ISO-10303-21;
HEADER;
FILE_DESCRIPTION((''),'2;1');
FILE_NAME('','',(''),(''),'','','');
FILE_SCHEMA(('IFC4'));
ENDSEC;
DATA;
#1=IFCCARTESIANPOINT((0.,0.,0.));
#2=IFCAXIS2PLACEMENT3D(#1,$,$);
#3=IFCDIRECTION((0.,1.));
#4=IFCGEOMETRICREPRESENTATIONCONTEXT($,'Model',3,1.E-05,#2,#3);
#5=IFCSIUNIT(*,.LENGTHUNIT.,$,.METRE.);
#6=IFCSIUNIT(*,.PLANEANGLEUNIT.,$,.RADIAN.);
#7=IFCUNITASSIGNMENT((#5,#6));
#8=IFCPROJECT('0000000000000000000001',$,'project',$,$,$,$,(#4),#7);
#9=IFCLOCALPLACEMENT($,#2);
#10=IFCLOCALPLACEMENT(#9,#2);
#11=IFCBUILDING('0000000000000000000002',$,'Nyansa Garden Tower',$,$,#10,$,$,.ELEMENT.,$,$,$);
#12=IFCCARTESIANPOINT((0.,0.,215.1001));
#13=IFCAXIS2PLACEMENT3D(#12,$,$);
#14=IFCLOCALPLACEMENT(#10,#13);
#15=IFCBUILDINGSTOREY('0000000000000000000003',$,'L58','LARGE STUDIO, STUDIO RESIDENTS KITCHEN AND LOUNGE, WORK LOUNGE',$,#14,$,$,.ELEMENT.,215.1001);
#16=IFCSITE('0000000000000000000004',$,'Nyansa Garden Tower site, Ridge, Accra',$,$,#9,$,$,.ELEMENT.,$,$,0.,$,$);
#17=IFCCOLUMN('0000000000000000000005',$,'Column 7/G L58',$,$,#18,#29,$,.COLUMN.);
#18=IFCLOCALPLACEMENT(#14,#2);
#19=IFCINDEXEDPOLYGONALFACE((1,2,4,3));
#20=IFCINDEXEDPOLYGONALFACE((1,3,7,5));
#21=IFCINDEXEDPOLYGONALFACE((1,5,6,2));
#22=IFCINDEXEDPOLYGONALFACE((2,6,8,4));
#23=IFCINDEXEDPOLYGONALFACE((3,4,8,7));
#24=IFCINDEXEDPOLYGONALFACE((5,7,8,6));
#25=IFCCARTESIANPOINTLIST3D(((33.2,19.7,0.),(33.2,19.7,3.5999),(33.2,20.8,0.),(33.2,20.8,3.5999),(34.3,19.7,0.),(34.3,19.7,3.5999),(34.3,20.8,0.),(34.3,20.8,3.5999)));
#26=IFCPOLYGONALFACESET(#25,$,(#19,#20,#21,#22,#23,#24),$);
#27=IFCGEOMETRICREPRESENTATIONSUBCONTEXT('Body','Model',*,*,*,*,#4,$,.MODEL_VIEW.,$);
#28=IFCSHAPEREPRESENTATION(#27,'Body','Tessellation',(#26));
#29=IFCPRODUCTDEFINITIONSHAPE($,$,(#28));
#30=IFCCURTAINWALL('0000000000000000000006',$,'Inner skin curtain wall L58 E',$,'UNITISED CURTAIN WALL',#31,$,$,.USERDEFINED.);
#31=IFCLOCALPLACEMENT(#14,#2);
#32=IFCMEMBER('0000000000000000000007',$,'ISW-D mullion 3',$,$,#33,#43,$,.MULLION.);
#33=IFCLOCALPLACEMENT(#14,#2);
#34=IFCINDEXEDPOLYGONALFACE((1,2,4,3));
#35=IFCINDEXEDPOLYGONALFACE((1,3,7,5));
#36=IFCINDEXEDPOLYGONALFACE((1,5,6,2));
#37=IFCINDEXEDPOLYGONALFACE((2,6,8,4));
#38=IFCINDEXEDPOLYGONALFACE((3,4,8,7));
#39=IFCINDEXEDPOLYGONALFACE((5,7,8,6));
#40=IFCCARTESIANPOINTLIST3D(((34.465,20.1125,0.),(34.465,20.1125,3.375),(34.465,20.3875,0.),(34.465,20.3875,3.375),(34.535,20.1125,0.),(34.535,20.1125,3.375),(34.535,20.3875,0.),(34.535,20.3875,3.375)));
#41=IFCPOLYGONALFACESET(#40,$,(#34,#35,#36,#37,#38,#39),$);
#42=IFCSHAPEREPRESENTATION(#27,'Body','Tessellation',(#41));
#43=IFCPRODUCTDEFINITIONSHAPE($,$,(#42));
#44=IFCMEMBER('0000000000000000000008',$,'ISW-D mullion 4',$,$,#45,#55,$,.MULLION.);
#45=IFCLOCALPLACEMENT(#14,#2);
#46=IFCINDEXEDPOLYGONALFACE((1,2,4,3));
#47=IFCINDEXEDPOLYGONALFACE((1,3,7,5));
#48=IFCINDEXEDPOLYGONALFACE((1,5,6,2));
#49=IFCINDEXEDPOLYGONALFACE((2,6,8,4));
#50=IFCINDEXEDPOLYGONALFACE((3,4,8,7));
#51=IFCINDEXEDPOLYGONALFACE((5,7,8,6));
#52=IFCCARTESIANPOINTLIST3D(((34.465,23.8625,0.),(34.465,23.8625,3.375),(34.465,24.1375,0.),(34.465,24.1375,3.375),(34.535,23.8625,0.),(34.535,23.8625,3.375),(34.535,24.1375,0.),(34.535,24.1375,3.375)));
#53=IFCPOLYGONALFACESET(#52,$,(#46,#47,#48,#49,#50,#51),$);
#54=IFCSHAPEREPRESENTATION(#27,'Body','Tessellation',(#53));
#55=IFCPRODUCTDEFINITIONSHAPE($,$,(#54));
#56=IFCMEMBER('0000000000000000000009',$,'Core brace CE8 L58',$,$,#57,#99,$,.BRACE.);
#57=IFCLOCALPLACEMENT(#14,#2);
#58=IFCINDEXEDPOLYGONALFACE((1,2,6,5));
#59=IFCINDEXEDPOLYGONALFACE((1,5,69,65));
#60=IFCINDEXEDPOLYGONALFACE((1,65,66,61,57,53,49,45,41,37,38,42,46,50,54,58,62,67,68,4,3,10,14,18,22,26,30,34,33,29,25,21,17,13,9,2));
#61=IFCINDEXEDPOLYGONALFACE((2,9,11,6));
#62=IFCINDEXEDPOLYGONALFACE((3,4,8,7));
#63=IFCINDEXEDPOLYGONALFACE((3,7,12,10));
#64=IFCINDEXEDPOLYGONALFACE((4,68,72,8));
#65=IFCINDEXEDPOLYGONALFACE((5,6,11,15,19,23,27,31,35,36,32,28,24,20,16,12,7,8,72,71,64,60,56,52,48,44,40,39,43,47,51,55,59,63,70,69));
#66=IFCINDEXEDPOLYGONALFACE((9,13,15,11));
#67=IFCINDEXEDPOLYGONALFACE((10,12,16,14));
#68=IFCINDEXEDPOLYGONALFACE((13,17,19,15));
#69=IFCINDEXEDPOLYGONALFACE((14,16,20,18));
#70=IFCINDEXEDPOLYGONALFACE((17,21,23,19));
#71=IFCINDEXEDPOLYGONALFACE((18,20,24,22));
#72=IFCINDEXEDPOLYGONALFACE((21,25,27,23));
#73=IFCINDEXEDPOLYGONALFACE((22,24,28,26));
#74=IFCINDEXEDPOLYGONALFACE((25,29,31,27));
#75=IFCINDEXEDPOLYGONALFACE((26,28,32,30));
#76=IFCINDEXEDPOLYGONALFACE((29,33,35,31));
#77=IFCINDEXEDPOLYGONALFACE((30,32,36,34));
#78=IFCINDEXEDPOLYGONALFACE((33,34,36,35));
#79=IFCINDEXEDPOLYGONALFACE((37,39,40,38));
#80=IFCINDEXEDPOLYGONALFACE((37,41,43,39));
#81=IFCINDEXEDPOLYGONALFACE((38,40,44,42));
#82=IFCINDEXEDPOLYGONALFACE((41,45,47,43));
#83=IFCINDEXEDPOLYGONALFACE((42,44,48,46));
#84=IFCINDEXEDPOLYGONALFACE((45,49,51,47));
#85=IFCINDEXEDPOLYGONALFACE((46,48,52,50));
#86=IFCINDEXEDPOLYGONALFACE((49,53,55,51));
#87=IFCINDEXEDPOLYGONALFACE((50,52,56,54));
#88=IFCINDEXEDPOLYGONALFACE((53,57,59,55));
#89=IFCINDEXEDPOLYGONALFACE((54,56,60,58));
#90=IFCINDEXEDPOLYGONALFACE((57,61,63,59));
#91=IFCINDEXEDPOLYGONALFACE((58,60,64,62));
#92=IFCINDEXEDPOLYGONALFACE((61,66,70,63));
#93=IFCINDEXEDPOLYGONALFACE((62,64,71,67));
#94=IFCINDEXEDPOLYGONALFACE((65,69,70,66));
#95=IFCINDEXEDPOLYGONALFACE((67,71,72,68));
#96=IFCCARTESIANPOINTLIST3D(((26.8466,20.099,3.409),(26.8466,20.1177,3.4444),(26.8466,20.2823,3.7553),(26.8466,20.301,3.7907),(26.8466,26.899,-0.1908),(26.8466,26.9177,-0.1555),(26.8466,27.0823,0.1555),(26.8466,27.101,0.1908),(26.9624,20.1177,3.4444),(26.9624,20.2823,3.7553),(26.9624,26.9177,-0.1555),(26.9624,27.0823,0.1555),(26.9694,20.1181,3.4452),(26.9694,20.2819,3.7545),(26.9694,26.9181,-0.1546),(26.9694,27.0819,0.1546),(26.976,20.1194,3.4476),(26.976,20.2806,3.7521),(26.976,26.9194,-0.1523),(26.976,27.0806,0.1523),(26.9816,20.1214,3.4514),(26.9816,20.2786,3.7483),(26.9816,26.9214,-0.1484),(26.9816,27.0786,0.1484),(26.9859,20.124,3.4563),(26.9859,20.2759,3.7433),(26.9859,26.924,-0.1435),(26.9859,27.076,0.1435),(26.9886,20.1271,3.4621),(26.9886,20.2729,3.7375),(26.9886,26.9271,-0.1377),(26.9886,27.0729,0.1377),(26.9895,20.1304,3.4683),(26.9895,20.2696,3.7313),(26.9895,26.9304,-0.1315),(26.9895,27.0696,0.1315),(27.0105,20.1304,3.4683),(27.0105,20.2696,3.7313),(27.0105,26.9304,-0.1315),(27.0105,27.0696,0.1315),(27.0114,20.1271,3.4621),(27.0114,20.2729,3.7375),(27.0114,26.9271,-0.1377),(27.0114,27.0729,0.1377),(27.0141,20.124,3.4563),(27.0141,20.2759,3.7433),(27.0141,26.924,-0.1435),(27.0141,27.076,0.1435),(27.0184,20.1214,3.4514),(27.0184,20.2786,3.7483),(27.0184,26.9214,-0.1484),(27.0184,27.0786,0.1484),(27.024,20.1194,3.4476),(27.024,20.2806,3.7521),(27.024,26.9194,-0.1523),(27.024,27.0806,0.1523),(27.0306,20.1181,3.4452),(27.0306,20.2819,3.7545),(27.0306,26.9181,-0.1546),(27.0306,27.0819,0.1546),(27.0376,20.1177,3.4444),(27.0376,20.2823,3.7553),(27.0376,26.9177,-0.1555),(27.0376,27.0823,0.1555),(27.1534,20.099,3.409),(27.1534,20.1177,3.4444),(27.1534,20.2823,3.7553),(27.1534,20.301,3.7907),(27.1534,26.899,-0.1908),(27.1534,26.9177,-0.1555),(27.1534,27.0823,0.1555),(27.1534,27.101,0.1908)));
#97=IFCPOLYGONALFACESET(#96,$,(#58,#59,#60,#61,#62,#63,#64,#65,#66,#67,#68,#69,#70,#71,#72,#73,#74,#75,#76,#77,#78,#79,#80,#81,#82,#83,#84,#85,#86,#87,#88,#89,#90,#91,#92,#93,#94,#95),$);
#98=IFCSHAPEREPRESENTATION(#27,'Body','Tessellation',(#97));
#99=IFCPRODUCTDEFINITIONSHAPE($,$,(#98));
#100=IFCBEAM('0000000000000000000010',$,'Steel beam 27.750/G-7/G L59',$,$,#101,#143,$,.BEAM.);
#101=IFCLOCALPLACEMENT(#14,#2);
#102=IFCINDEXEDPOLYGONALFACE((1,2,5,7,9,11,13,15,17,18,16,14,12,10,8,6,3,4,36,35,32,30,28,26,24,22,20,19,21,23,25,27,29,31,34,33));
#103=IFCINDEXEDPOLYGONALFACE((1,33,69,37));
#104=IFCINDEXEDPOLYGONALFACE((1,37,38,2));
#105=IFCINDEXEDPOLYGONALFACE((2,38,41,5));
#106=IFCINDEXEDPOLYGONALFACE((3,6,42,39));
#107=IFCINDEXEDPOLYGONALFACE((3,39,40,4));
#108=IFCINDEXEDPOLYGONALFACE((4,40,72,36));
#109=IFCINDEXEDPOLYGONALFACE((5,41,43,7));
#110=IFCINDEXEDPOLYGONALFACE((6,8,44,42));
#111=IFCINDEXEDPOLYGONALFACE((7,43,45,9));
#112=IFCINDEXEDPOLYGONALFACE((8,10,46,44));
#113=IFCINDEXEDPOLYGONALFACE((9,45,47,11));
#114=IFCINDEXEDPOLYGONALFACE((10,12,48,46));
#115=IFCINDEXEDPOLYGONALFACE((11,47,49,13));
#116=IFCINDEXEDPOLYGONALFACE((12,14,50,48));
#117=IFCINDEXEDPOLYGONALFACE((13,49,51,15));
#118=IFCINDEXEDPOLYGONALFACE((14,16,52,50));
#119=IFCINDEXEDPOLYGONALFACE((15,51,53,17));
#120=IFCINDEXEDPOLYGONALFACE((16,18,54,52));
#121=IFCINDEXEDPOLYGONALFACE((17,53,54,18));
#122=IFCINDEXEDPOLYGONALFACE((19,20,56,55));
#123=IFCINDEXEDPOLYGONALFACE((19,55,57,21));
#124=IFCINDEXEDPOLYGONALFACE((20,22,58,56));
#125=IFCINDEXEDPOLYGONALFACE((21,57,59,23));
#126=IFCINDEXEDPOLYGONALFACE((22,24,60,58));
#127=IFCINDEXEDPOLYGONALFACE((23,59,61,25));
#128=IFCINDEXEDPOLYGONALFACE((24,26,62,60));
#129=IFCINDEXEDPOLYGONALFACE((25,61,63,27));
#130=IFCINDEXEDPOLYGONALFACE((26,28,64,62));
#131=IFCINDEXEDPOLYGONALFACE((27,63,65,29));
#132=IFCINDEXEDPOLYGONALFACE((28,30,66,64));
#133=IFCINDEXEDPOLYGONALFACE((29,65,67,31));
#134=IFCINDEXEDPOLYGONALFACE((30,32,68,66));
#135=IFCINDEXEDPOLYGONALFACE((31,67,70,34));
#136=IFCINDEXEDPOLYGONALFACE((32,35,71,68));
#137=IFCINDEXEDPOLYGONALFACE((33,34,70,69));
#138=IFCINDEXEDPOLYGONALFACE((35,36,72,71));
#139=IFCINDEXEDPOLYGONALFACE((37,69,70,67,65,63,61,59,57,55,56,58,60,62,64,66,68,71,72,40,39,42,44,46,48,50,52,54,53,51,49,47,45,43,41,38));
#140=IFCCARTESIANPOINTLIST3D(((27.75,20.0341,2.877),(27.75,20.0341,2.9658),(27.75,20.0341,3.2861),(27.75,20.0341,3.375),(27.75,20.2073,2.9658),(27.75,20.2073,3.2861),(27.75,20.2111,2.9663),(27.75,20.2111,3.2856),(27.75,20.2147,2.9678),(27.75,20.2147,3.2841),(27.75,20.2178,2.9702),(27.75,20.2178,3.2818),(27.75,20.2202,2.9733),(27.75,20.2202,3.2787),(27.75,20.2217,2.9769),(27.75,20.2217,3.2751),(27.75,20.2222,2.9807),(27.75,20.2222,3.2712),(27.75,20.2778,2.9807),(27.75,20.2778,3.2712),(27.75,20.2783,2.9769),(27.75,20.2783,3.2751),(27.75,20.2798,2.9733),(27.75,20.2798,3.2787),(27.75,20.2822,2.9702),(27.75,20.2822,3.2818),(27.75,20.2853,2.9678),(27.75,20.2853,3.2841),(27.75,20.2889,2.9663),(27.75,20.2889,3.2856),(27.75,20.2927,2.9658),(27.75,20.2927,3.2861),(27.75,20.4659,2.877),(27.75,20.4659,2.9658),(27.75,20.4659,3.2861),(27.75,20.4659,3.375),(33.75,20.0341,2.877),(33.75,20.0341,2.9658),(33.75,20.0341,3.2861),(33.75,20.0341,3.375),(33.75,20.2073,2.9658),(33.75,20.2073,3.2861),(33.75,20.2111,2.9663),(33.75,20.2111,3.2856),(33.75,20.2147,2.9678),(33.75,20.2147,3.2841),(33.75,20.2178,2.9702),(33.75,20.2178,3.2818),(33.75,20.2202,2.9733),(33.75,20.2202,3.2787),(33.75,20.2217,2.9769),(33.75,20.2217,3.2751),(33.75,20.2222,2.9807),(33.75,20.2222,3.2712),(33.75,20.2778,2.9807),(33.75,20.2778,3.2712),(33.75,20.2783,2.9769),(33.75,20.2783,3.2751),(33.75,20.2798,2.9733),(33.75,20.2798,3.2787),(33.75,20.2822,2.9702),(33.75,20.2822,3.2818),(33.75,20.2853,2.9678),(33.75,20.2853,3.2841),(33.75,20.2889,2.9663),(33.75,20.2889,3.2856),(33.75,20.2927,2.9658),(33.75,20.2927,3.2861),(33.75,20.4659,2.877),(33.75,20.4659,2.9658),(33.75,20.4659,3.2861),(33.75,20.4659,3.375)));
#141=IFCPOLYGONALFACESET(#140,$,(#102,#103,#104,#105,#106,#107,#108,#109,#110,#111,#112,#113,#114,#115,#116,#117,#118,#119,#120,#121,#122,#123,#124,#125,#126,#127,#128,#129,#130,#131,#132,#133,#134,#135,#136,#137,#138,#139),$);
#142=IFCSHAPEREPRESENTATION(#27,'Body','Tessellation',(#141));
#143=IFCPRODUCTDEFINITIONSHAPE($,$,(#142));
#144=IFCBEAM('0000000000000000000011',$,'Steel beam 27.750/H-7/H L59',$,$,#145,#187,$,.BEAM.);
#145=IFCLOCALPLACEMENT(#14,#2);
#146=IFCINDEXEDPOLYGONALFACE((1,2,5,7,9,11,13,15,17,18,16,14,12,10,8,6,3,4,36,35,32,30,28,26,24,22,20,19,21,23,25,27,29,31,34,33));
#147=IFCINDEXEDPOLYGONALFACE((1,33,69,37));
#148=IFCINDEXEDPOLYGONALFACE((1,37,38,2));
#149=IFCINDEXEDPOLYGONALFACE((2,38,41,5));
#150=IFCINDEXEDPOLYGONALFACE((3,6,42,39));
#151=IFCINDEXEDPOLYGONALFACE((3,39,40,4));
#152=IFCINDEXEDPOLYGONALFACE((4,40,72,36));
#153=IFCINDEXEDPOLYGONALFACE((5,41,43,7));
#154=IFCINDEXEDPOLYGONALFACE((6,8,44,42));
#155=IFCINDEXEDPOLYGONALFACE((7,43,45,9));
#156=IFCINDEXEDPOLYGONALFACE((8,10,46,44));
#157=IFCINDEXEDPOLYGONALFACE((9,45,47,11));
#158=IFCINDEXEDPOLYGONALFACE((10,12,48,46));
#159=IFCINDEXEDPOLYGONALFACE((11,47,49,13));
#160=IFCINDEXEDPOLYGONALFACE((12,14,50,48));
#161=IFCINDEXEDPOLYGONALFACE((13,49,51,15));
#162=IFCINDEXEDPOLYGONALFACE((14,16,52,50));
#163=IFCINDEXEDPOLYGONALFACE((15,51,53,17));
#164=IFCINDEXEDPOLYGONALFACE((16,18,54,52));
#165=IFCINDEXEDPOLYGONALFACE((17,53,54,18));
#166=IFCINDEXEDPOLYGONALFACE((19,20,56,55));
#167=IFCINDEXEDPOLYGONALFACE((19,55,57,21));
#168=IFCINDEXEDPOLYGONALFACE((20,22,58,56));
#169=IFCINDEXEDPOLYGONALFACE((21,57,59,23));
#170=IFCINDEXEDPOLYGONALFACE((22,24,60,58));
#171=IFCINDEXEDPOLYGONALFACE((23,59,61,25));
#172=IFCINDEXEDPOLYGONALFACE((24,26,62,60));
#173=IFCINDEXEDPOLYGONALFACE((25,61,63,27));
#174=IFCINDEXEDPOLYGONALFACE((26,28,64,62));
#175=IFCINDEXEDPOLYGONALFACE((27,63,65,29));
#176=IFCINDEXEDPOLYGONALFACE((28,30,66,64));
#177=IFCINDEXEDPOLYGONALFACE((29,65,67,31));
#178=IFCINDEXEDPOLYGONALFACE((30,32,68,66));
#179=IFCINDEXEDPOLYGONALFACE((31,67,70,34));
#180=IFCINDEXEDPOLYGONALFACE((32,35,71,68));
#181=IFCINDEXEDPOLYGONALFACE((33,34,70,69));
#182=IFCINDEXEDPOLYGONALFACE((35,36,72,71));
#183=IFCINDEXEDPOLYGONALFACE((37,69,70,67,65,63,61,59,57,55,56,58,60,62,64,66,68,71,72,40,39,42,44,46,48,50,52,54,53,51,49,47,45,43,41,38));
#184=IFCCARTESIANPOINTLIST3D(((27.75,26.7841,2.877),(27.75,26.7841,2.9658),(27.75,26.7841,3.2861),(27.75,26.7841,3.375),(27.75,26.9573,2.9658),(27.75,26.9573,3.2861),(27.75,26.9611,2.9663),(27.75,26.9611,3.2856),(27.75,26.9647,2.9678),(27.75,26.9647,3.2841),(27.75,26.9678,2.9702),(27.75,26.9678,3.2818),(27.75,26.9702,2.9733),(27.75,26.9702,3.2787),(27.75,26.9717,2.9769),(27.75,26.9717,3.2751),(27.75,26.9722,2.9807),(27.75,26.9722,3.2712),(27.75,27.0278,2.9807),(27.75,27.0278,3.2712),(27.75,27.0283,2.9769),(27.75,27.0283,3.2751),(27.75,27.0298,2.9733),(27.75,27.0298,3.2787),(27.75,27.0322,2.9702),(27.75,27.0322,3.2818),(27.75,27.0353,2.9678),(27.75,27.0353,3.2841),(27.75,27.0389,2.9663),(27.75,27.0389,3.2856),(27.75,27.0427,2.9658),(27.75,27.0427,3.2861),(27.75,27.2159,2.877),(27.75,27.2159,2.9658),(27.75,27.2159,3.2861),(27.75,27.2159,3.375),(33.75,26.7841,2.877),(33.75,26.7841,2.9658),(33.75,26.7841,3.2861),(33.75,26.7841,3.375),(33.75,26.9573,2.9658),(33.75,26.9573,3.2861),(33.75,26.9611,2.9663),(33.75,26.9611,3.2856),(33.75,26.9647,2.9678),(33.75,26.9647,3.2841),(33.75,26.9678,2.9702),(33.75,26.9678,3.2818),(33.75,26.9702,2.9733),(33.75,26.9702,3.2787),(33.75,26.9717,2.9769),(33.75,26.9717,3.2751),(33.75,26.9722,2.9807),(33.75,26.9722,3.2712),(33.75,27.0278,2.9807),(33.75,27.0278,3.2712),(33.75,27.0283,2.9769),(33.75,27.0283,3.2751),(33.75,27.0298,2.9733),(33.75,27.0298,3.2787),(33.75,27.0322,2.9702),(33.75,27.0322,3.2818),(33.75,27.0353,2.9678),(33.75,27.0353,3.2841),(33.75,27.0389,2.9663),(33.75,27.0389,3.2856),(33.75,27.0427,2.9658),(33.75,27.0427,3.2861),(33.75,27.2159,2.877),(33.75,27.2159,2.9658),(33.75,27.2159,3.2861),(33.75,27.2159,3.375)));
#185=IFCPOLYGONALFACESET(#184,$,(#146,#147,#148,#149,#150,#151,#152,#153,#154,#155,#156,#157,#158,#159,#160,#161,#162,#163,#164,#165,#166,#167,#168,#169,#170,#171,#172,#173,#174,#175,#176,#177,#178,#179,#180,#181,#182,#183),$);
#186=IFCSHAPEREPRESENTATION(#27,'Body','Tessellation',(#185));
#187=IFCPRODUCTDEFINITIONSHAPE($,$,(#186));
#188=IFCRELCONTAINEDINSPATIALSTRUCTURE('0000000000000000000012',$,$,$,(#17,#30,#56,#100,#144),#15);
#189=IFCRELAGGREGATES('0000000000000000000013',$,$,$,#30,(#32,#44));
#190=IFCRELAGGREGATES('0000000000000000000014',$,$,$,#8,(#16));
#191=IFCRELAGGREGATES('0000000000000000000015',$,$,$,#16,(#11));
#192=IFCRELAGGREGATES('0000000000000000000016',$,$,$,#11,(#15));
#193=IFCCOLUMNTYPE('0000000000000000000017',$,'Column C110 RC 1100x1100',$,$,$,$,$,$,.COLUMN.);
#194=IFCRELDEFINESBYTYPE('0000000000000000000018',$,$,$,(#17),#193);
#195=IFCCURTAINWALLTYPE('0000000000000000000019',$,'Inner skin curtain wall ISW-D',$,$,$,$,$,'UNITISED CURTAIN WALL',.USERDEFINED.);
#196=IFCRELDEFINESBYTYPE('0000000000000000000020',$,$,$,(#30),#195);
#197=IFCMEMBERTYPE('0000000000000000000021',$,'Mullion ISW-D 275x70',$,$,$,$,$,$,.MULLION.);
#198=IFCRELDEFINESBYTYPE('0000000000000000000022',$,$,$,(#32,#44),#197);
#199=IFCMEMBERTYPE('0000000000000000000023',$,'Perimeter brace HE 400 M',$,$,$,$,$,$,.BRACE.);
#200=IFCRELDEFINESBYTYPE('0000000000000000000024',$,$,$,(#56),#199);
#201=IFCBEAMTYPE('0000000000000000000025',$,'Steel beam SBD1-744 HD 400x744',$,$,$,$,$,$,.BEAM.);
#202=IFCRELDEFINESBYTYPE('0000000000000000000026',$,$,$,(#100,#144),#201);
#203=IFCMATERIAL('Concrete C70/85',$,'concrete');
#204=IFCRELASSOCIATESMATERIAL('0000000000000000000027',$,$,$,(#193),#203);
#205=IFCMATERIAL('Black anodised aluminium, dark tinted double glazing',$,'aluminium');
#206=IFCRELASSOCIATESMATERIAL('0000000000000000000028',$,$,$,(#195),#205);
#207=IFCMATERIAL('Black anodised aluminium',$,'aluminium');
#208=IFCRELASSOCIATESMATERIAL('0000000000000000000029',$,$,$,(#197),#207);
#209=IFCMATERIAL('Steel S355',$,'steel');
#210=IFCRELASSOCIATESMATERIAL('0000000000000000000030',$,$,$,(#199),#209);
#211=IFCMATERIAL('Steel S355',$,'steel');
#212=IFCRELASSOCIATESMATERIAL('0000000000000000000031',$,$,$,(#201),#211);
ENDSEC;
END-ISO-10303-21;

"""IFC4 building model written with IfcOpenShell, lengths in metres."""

from ifc_helpers import new_model, si_unit, direction, frame, origin, origin_2d, place, context, subcontext, project, spatial, rectangle, i_section, extrude, material, material_profile, profile_set, type_object, element, aggregate, save


model = new_model("IFC4")

# Units and contexts
model_context = context("Model", 3, precision=1e-05, world=origin(), true_north=direction((0.0, 1.0)))
body_context = subcontext(model_context, "Body", "Model", "MODEL_VIEW")
ifc_project = project(units=[si_unit("LENGTHUNIT", "METRE"), si_unit("PLANEANGLEUNIT", "RADIAN")], contexts=[model_context])

# Site, building, storey
site_placement = place(None, origin())
site = spatial("IfcSite", under=ifc_project, at=site_placement, Name="Nyansa Garden Tower site, Ridge, Accra", CompositionType="ELEMENT", RefElevation=0.0)
building_placement = place(site_placement, origin())
building = spatial("IfcBuilding", under=site, at=building_placement, Name="Nyansa Garden Tower", CompositionType="ELEMENT")
storey_placement = place(building_placement, frame((0.0, 0.0, 215.1001)))
storey = spatial("IfcBuildingStorey", under=building, at=storey_placement, Name="L58", Description="LARGE STUDIO, STUDIO RESIDENTS KITCHEN AND LOUNGE, WORK LOUNGE", CompositionType="ELEMENT", Elevation=215.1001)

# Column
ifc_material_1 = material(Name="Concrete C70/85", Category="concrete")
ifc_material_profile_1 = material_profile(ifc_material_1, rectangle(XDim=1.1001, YDim=1.1001, at=origin_2d()), Name="RC 1100x1100")
ifc_profile_set_1 = profile_set([ifc_material_profile_1], Name="Concrete C70/85")
column_type = type_object("IfcColumnType", Name="Column C110 RC 1100x1100", PredefinedType="COLUMN", material=ifc_profile_set_1)
column_placement = place(storey_placement, frame((33.75, 20.25, 0.0), z_axis=(0.0, 0.0, 1.0), x_axis=(1.0, 0.0, 0.0)))
element("IfcColumn", 1, at=column_placement, inside=storey, type_object=column_type, Name="Column 7/G L58", PredefinedType="COLUMN", context=body_context, shape_type="SweptSolid", body=[
    extrude(rectangle(XDim=1.1001, YDim=1.1001, at=origin_2d()), origin(), (0.0, 0.0, 1.0), 3.5999),
])

# Curtain wall, members
ifc_material_2 = material(Name="Black anodised aluminium, dark tinted double glazing", Category="aluminium")
curtain_wall_type = type_object("IfcCurtainWallType", Name="Inner skin curtain wall ISW-D", ElementType="UNITISED CURTAIN WALL", PredefinedType="USERDEFINED", material=ifc_material_2)
curtain_wall_placement = place(storey_placement, origin())
curtain_wall = element("IfcCurtainWall", 2, at=curtain_wall_placement, inside=storey, type_object=curtain_wall_type, Name="Inner skin curtain wall L58 E", ObjectType="UNITISED CURTAIN WALL", PredefinedType="USERDEFINED")
ifc_material_3 = material(Name="Black anodised aluminium", Category="aluminium")
ifc_material_profile_2 = material_profile(ifc_material_3, rectangle(XDim=0.0701, YDim=0.2749, at=origin_2d()), Name="Mullion 275x70")
ifc_profile_set_2 = profile_set([ifc_material_profile_2], Name="Black anodised aluminium")
member_type_1 = type_object("IfcMemberType", Name="Mullion ISW-D 275x70", PredefinedType="MULLION", material=ifc_profile_set_2)
member_1_placement = place(storey_placement, frame((34.5, 20.25, 0.0), z_axis=(0.0, 0.0, 1.0), x_axis=(-1.0, 0.0, 0.0)))
member_1 = element("IfcMember", 3, at=member_1_placement, type_object=member_type_1, Name="ISW-D mullion 3", PredefinedType="MULLION", context=body_context, shape_type="SweptSolid", body=[
    extrude(rectangle(XDim=0.0701, YDim=0.2749, at=origin_2d()), origin(), (0.0, 0.0, 1.0), 3.375),
])
member_2_placement = place(storey_placement, frame((34.5, 24.0, 0.0), z_axis=(0.0, 0.0, 1.0), x_axis=(-1.0, 0.0, 0.0)))
member_2 = element("IfcMember", 4, at=member_2_placement, type_object=member_type_1, Name="ISW-D mullion 4", PredefinedType="MULLION", context=body_context, shape_type="SweptSolid", body=[
    extrude(rectangle(XDim=0.0701, YDim=0.2749, at=origin_2d()), origin(), (0.0, 0.0, 1.0), 3.375),
])

# Member
ifc_material_4 = material(Name="Steel S355", Category="steel")
ifc_material_profile_3 = material_profile(ifc_material_4, i_section(OverallWidth=0.3069, OverallDepth=0.4319, WebThickness=0.021, FlangeThickness=0.04, FilletRadius=0.0271, at=origin_2d()), Name="HE 400 M")
ifc_profile_set_3 = profile_set([ifc_material_profile_3], Name="Steel S355")
member_type_2 = type_object("IfcMemberType", Name="Perimeter brace HE 400 M", PredefinedType="BRACE", material=ifc_profile_set_3)
member_3_placement = place(storey_placement, frame((27.0, 27.0, 0.0), z_axis=(0.0, -0.883797, 0.46787), x_axis=(1.0, 0.0, 0.0)))
element("IfcMember", 5, at=member_3_placement, inside=storey, type_object=member_type_2, Name="Core brace CE8 L58", PredefinedType="BRACE", context=body_context, shape_type="SweptSolid", body=[
    extrude(i_section(OverallWidth=0.3069, OverallDepth=0.4319, WebThickness=0.021, FlangeThickness=0.04, FilletRadius=0.0271, at=origin_2d()), origin(), (0.0, 0.0, 1.0), 7.6941),
])

# Beams
ifc_material_5 = material(Name="Steel S355", Category="steel")
ifc_material_profile_4 = material_profile(ifc_material_5, i_section(OverallWidth=0.4319, OverallDepth=0.498, WebThickness=0.0557, FlangeThickness=0.0889, FilletRadius=0.0149, at=origin_2d()), Name="HD 400x744")
ifc_profile_set_4 = profile_set([ifc_material_profile_4], Name="Steel S355")
beam_type_1 = type_object("IfcBeamType", Name="Steel beam SBD1-744 HD 400x744", PredefinedType="BEAM", material=ifc_profile_set_4)
for number, where, z_axis, x_axis, name in (
    (6, (27.75, 20.25, 3.126), (1.0, 0.0, 0.0), (0.0, 1.0, 0.0), "Steel beam 27.750/G-7/G L59"),
    (7, (27.75, 27.0, 3.126), (1.0, 0.0, 0.0), (0.0, 1.0, 0.0), "Steel beam 27.750/H-7/H L59"),
):
    element("IfcBeam", number, at=place(storey_placement, frame(where, z_axis=z_axis, x_axis=x_axis)), inside=storey, type_object=beam_type_1, Name=name, PredefinedType="BEAM", context=body_context, shape_type="SweptSolid", body=[
        extrude(i_section(OverallWidth=0.4319, OverallDepth=0.498, WebThickness=0.0557, FlangeThickness=0.0889, FilletRadius=0.0149, at=origin_2d()), origin(), (0.0, 0.0, 1.0), 6.0),
    ])

aggregate(curtain_wall, [member_1, member_2])

save(model, "model.ifc")
